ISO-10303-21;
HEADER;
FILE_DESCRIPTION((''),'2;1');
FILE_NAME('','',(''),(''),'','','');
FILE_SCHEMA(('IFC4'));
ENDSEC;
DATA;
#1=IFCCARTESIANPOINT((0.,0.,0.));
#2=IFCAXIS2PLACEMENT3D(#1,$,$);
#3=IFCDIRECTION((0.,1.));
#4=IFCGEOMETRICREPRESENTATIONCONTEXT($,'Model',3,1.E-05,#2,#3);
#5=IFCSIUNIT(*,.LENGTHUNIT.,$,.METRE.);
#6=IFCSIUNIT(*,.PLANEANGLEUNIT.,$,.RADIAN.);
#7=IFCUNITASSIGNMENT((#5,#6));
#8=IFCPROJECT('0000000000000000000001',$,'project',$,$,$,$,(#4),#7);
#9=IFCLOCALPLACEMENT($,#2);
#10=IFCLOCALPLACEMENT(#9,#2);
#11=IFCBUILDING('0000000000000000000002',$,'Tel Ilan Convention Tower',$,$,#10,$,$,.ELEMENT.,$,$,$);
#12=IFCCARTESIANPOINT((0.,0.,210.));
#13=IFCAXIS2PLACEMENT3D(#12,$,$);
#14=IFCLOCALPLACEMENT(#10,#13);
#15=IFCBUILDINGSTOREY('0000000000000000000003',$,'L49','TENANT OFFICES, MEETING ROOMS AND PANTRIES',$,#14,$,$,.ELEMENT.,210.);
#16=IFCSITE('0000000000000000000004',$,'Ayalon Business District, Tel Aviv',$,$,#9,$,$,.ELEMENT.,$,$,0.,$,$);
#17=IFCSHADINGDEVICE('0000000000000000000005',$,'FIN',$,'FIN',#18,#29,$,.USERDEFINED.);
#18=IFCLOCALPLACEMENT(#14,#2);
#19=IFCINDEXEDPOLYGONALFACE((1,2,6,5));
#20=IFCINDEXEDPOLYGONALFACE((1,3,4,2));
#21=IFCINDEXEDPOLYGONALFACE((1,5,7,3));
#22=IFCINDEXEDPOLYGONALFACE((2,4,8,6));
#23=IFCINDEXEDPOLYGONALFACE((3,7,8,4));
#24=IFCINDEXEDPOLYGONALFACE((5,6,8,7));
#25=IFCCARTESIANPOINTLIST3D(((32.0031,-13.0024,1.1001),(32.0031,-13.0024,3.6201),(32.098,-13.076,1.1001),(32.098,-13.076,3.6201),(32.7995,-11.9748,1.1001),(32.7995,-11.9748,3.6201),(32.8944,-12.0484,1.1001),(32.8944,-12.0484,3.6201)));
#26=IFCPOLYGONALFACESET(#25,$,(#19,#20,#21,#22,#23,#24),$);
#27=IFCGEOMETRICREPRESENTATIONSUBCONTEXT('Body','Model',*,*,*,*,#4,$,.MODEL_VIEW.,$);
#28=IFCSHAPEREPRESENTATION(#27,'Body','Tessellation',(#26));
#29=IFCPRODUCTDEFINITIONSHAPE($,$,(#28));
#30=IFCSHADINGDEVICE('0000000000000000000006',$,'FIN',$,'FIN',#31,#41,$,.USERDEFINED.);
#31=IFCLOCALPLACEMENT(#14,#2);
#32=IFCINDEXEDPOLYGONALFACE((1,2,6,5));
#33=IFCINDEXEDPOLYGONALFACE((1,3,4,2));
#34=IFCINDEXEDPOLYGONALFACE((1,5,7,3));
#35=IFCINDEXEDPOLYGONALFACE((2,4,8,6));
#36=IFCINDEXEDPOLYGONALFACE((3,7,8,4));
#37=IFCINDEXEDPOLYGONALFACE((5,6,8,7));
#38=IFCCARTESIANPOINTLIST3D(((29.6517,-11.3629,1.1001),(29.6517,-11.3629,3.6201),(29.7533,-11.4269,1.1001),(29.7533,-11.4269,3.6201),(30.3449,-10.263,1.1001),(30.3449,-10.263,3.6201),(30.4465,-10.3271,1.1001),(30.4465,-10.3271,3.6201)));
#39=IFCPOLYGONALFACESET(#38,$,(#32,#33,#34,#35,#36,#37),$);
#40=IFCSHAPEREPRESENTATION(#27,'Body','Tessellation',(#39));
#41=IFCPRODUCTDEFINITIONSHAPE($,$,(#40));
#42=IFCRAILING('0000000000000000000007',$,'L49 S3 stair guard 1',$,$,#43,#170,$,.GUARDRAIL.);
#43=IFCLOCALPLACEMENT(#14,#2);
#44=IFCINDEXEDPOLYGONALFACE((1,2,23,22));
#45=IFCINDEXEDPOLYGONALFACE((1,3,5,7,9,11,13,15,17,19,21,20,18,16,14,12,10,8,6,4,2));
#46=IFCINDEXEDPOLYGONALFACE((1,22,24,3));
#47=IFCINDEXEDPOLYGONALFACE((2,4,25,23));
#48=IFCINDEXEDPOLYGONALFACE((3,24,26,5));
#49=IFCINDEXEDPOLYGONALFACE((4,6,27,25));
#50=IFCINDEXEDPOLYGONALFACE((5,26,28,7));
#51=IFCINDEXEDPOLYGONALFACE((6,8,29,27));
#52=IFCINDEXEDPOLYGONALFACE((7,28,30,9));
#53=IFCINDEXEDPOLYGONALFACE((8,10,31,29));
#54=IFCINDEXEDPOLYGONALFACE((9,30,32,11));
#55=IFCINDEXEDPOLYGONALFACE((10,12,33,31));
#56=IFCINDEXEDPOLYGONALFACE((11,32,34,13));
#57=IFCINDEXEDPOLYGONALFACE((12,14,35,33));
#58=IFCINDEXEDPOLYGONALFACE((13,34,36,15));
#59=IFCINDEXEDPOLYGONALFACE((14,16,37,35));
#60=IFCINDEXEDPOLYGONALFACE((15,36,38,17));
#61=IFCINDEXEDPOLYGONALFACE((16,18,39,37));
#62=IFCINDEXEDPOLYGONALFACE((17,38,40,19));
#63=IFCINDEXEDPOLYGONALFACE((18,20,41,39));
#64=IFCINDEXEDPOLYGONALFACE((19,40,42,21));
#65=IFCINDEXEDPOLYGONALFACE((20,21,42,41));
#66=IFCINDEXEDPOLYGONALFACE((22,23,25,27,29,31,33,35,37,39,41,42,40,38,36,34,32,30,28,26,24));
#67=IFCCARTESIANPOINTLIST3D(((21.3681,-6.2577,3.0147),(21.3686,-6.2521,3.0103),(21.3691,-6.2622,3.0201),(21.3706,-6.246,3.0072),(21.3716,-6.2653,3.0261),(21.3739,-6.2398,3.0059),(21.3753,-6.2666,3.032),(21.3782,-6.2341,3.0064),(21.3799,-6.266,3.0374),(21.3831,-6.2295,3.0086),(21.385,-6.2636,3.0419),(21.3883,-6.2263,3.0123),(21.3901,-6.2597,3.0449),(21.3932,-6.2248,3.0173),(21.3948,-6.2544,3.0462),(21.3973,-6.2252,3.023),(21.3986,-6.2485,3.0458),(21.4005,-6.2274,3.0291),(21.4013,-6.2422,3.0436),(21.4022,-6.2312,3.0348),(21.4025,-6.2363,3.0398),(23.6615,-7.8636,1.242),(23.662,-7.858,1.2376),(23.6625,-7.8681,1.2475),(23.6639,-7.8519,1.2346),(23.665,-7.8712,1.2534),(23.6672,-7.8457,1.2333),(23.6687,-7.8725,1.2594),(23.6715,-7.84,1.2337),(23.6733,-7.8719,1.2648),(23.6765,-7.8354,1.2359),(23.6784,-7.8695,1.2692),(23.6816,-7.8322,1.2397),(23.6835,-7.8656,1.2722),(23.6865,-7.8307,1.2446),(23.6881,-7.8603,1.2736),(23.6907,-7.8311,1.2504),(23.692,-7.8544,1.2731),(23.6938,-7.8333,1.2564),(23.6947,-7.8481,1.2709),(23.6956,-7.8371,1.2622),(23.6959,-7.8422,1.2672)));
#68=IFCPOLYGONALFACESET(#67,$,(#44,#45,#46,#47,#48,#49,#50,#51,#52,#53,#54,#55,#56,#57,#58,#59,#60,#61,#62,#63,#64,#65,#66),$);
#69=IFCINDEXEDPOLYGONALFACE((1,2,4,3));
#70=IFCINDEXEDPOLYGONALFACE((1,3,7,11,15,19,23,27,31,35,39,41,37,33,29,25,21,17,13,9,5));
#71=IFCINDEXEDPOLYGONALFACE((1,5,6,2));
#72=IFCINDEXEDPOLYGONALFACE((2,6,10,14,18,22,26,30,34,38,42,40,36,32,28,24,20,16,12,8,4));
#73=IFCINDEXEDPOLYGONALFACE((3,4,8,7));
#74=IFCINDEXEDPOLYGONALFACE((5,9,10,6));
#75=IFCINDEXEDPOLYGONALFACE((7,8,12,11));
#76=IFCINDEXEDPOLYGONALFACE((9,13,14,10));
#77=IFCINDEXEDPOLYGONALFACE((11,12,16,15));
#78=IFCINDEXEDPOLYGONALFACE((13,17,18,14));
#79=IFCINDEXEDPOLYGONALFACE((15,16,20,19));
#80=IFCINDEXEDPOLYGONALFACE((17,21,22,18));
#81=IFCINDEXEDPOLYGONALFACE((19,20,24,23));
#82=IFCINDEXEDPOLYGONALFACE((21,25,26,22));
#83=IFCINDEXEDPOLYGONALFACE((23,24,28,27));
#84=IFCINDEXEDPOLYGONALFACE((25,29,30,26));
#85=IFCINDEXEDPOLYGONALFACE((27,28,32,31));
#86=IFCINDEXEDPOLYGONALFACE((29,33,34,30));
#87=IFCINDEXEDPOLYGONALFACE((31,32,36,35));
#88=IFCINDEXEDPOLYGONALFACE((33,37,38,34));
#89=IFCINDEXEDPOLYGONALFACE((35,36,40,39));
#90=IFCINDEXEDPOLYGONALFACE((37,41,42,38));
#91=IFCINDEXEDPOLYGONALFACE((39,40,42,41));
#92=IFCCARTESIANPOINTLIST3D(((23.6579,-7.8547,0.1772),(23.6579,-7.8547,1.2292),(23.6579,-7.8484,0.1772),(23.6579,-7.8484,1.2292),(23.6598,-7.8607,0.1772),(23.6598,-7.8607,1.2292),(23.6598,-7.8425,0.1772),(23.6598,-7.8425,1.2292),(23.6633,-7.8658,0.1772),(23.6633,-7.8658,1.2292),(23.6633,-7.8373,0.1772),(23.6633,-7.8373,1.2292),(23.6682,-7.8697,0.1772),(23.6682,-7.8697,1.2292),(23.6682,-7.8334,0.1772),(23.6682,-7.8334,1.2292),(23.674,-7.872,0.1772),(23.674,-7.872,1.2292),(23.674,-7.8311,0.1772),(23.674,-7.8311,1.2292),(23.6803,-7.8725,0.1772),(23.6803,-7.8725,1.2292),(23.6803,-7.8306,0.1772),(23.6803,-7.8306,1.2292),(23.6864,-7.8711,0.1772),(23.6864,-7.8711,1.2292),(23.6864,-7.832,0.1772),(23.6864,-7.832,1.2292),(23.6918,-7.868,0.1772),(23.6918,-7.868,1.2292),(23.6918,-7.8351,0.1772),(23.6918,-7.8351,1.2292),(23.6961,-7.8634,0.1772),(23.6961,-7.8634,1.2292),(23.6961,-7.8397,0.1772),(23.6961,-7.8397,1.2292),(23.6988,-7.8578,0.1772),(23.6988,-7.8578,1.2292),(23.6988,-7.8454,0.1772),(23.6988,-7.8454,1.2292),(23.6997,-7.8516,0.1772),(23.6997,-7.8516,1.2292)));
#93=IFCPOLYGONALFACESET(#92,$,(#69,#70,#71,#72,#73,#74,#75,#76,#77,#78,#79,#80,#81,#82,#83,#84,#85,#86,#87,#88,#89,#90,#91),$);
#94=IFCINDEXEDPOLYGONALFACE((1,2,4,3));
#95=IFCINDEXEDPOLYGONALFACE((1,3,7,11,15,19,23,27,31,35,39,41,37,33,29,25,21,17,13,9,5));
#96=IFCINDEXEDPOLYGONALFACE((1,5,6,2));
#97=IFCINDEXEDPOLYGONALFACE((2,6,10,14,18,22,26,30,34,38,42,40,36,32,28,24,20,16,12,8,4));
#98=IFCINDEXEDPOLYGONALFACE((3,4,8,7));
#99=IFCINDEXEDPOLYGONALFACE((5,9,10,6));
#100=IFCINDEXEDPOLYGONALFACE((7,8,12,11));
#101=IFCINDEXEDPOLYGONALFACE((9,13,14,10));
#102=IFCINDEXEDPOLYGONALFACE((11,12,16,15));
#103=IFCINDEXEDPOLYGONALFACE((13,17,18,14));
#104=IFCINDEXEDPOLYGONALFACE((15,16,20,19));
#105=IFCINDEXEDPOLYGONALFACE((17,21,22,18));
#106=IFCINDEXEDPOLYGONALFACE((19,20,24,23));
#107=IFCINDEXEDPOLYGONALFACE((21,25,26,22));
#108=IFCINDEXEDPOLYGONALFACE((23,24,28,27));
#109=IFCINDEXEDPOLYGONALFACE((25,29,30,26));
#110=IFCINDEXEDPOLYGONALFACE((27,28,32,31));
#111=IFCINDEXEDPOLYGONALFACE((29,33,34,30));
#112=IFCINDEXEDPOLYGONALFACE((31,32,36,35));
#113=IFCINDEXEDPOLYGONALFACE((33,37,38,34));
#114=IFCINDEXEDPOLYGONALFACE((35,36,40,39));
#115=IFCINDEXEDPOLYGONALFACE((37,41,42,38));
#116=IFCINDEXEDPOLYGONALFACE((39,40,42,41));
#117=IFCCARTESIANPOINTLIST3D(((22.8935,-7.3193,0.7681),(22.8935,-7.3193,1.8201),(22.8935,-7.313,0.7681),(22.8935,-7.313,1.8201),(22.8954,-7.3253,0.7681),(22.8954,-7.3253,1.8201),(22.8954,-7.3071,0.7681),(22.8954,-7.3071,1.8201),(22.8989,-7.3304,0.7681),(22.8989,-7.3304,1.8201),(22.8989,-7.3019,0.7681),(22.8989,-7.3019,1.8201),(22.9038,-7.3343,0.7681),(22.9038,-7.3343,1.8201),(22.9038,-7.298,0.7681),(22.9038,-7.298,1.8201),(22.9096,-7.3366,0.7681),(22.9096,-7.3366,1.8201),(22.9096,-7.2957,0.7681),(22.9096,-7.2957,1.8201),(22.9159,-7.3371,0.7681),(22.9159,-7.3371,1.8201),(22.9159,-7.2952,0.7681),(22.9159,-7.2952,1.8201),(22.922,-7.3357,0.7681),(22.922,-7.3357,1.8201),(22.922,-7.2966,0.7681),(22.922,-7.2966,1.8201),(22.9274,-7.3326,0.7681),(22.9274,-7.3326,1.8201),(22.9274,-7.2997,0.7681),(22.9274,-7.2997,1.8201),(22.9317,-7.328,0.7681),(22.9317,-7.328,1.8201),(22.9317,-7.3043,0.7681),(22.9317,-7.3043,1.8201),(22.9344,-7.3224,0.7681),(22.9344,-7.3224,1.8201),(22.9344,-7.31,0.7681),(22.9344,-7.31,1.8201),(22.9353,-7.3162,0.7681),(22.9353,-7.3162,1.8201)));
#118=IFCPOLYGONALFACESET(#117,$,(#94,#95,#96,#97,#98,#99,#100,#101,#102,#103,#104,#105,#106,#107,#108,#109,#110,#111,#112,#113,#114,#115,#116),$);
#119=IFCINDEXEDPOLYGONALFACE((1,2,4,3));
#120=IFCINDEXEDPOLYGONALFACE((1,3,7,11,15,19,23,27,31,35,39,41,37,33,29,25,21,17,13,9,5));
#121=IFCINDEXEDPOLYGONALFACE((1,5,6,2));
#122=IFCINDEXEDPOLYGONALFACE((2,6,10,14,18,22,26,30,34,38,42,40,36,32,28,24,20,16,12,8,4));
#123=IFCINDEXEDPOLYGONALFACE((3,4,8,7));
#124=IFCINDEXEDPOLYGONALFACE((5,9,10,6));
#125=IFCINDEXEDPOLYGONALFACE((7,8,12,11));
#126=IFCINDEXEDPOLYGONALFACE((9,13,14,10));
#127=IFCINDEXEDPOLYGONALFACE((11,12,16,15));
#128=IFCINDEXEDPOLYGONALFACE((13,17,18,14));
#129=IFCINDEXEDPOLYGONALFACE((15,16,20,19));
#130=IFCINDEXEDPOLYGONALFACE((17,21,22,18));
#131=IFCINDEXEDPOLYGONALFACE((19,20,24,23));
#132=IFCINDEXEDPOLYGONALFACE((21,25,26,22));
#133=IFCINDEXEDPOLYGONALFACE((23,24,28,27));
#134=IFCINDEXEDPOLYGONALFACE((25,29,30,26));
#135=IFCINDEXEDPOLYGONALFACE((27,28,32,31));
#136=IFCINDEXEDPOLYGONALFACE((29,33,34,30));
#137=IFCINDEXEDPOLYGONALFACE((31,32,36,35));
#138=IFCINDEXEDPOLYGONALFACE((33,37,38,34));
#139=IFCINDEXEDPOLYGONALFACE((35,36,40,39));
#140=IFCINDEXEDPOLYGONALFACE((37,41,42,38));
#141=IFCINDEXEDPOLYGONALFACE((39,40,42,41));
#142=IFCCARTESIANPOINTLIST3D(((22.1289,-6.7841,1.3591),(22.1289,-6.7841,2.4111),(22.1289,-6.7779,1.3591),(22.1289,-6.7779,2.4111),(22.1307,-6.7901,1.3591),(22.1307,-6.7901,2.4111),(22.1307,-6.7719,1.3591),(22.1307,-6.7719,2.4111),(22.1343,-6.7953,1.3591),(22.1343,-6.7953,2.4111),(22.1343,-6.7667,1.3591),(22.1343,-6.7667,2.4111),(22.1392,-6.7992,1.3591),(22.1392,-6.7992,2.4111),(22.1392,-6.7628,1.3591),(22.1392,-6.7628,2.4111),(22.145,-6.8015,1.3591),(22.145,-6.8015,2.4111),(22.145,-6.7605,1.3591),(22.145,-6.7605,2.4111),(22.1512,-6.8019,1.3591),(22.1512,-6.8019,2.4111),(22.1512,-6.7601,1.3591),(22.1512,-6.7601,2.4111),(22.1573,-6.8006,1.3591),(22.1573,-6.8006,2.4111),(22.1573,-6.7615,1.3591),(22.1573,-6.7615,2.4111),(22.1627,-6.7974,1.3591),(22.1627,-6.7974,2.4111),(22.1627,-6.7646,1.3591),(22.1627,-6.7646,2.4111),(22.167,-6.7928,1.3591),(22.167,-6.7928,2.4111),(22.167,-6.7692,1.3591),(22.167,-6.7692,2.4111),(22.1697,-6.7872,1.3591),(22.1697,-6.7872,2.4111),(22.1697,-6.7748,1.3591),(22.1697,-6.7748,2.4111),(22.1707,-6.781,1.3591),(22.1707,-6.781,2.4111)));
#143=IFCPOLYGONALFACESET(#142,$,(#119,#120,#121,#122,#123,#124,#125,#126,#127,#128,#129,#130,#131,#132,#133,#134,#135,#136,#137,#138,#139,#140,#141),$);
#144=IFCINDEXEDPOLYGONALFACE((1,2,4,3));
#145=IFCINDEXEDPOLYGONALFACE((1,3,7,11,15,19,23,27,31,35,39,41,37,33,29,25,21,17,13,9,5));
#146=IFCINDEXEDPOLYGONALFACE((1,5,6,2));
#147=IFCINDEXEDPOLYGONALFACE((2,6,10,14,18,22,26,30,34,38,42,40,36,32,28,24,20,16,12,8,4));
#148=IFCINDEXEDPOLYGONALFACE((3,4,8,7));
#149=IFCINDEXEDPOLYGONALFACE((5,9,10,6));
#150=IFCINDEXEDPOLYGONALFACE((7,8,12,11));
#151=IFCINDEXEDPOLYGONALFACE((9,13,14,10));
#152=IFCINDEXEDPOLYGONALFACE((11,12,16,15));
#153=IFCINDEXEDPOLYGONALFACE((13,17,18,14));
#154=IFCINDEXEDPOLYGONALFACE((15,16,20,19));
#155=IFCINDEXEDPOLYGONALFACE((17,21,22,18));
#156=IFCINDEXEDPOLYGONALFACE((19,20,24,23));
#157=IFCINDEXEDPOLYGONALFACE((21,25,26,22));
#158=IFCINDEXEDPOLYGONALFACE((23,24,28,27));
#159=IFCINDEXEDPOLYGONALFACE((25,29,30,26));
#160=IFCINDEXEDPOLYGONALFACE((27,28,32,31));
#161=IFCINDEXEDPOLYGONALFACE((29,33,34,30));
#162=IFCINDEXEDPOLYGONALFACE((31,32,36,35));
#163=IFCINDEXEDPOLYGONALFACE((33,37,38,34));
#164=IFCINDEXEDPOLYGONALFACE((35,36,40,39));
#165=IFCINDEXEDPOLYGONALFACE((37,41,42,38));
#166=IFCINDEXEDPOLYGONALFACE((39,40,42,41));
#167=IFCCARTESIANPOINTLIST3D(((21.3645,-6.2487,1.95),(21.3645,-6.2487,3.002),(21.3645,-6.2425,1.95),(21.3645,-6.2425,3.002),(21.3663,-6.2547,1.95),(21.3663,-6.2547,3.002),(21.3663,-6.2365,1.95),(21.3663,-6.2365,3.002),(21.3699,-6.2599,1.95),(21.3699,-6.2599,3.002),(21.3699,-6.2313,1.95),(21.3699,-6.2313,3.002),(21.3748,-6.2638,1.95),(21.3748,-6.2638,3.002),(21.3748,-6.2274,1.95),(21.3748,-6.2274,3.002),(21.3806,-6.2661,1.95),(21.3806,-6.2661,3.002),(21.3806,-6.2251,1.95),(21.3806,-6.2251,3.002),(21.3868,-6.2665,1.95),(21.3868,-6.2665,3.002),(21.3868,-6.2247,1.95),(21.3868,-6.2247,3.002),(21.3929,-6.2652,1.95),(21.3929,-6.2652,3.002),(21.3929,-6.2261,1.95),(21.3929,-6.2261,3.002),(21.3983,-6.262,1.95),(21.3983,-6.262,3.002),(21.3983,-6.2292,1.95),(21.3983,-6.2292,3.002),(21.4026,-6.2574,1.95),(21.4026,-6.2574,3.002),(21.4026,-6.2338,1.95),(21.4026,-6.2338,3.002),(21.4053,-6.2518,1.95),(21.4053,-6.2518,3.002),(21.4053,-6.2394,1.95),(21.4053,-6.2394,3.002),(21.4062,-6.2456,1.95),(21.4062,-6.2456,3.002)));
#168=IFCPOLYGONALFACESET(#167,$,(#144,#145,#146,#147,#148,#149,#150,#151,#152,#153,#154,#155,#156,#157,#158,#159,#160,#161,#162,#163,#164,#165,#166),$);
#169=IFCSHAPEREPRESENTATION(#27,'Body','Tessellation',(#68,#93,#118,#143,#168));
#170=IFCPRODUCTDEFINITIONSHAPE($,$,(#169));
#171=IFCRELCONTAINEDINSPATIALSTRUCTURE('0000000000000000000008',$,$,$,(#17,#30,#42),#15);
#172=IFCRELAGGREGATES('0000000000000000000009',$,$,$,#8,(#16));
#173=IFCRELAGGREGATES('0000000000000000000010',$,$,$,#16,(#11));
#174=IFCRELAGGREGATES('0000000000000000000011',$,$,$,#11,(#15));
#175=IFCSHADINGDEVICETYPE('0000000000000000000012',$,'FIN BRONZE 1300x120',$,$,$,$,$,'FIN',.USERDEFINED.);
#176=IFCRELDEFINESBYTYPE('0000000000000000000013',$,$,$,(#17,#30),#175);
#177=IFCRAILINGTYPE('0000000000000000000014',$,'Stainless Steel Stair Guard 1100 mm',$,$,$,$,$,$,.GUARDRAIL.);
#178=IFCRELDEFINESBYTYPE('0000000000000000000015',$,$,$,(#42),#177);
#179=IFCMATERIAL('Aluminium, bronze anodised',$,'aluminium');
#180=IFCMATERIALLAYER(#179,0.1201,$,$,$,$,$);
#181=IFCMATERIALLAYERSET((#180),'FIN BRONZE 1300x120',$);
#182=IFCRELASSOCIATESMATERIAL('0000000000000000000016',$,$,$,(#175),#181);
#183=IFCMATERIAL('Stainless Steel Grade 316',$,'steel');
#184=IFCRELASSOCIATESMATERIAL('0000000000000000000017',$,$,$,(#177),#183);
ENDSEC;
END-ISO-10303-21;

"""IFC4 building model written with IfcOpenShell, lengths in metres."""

from ifc_helpers import new_model, si_unit, direction, frame, origin, origin_2d, place, context, subcontext, project, spatial, rectangle, circle, extrude, material, layer, layer_set, type_object, element, save


model = new_model("IFC4")

# Units and contexts
model_context = context("Model", 3, precision=1e-05, world=origin(), true_north=direction((0.0, 1.0)))
body_context = subcontext(model_context, "Body", "Model", "MODEL_VIEW")
ifc_project = project(units=[si_unit("LENGTHUNIT", "METRE"), si_unit("PLANEANGLEUNIT", "RADIAN")], contexts=[model_context])

# Site, building, storey
site_placement = place(None, origin())
site = spatial("IfcSite", under=ifc_project, at=site_placement, Name="Ayalon Business District, Tel Aviv", CompositionType="ELEMENT", RefElevation=0.0)
building_placement = place(site_placement, origin())
building = spatial("IfcBuilding", under=site, at=building_placement, Name="Tel Ilan Convention Tower", CompositionType="ELEMENT")
storey_placement = place(building_placement, frame((0.0, 0.0, 210.0)))
storey = spatial("IfcBuildingStorey", under=building, at=storey_placement, Name="L49", Description="TENANT OFFICES, MEETING ROOMS AND PANTRIES", CompositionType="ELEMENT", Elevation=210.0)

# Shading devices
ifc_material_1 = material(Name="Aluminium, bronze anodised", Category="aluminium")
ifc_layer_1 = layer(ifc_material_1, 0.1201)
ifc_layer_set_1 = layer_set([ifc_layer_1], Name="FIN BRONZE 1300x120")
shading_device_type = type_object("IfcShadingDeviceType", Name="FIN BRONZE 1300x120", ElementType="FIN", PredefinedType="USERDEFINED", material=ifc_layer_set_1)
for number, where, z_axis, x_axis, name in (
    (1, (32.4487, -12.5254, 1.1001), (0.0, 0.0, 1.0), (0.612601, 0.790393, 0.0), "FIN"),
    (2, (30.0491, -10.845, 1.1001), (0.0, 0.0, 1.0), (0.533204, 0.845986, 0.0), "FIN"),
):
    element("IfcShadingDevice", number, at=place(storey_placement, frame(where, z_axis=z_axis, x_axis=x_axis)), inside=storey, type_object=shading_device_type, Name=name, ObjectType="FIN", PredefinedType="USERDEFINED", context=body_context, shape_type="SweptSolid", body=[
        extrude(rectangle(XDim=1.3, YDim=0.1201, at=origin_2d()), origin(), (0.0, 0.0, 1.0), 2.52),
    ])

# Railing
ifc_material_2 = material(Name="Stainless Steel Grade 316", Category="steel")
railing_type_1 = type_object("IfcRailingType", Name="Stainless Steel Stair Guard 1100 mm", PredefinedType="GUARDRAIL", material=ifc_material_2)
railing_1_placement = place(storey_placement, frame((23.6787, -7.8516, 0.1772)))
element("IfcRailing", 3, at=railing_1_placement, inside=storey, type_object=railing_type_1, Name="L49 S3 stair guard 1", PredefinedType="GUARDRAIL", context=body_context, shape_type="SweptSolid", body=[
    extrude(circle(Radius=0.0239, at=origin_2d()), frame((0.0, 0.0, 1.0762), z_axis=(-0.692085, 0.484621, 0.53494), x_axis=(-0.573591, -0.819142, 0.0)), (0.0, 0.0, 1.0), 3.3137),
    extrude(circle(Radius=0.021, at=origin_2d()), origin(), (0.0, 0.0, 1.0), 1.052),
    extrude(circle(Radius=0.021, at=origin_2d()), frame((-0.7644, 0.5354, 0.5908)), (0.0, 0.0, 1.0), 1.052),
    extrude(circle(Radius=0.021, at=origin_2d()), frame((-1.5291, 1.0706, 1.1819)), (0.0, 0.0, 1.0), 1.052),
    extrude(circle(Radius=0.021, at=origin_2d()), frame((-2.2935, 1.606, 1.7727)), (0.0, 0.0, 1.0), 1.052),
])

save(model, "model.ifc")
